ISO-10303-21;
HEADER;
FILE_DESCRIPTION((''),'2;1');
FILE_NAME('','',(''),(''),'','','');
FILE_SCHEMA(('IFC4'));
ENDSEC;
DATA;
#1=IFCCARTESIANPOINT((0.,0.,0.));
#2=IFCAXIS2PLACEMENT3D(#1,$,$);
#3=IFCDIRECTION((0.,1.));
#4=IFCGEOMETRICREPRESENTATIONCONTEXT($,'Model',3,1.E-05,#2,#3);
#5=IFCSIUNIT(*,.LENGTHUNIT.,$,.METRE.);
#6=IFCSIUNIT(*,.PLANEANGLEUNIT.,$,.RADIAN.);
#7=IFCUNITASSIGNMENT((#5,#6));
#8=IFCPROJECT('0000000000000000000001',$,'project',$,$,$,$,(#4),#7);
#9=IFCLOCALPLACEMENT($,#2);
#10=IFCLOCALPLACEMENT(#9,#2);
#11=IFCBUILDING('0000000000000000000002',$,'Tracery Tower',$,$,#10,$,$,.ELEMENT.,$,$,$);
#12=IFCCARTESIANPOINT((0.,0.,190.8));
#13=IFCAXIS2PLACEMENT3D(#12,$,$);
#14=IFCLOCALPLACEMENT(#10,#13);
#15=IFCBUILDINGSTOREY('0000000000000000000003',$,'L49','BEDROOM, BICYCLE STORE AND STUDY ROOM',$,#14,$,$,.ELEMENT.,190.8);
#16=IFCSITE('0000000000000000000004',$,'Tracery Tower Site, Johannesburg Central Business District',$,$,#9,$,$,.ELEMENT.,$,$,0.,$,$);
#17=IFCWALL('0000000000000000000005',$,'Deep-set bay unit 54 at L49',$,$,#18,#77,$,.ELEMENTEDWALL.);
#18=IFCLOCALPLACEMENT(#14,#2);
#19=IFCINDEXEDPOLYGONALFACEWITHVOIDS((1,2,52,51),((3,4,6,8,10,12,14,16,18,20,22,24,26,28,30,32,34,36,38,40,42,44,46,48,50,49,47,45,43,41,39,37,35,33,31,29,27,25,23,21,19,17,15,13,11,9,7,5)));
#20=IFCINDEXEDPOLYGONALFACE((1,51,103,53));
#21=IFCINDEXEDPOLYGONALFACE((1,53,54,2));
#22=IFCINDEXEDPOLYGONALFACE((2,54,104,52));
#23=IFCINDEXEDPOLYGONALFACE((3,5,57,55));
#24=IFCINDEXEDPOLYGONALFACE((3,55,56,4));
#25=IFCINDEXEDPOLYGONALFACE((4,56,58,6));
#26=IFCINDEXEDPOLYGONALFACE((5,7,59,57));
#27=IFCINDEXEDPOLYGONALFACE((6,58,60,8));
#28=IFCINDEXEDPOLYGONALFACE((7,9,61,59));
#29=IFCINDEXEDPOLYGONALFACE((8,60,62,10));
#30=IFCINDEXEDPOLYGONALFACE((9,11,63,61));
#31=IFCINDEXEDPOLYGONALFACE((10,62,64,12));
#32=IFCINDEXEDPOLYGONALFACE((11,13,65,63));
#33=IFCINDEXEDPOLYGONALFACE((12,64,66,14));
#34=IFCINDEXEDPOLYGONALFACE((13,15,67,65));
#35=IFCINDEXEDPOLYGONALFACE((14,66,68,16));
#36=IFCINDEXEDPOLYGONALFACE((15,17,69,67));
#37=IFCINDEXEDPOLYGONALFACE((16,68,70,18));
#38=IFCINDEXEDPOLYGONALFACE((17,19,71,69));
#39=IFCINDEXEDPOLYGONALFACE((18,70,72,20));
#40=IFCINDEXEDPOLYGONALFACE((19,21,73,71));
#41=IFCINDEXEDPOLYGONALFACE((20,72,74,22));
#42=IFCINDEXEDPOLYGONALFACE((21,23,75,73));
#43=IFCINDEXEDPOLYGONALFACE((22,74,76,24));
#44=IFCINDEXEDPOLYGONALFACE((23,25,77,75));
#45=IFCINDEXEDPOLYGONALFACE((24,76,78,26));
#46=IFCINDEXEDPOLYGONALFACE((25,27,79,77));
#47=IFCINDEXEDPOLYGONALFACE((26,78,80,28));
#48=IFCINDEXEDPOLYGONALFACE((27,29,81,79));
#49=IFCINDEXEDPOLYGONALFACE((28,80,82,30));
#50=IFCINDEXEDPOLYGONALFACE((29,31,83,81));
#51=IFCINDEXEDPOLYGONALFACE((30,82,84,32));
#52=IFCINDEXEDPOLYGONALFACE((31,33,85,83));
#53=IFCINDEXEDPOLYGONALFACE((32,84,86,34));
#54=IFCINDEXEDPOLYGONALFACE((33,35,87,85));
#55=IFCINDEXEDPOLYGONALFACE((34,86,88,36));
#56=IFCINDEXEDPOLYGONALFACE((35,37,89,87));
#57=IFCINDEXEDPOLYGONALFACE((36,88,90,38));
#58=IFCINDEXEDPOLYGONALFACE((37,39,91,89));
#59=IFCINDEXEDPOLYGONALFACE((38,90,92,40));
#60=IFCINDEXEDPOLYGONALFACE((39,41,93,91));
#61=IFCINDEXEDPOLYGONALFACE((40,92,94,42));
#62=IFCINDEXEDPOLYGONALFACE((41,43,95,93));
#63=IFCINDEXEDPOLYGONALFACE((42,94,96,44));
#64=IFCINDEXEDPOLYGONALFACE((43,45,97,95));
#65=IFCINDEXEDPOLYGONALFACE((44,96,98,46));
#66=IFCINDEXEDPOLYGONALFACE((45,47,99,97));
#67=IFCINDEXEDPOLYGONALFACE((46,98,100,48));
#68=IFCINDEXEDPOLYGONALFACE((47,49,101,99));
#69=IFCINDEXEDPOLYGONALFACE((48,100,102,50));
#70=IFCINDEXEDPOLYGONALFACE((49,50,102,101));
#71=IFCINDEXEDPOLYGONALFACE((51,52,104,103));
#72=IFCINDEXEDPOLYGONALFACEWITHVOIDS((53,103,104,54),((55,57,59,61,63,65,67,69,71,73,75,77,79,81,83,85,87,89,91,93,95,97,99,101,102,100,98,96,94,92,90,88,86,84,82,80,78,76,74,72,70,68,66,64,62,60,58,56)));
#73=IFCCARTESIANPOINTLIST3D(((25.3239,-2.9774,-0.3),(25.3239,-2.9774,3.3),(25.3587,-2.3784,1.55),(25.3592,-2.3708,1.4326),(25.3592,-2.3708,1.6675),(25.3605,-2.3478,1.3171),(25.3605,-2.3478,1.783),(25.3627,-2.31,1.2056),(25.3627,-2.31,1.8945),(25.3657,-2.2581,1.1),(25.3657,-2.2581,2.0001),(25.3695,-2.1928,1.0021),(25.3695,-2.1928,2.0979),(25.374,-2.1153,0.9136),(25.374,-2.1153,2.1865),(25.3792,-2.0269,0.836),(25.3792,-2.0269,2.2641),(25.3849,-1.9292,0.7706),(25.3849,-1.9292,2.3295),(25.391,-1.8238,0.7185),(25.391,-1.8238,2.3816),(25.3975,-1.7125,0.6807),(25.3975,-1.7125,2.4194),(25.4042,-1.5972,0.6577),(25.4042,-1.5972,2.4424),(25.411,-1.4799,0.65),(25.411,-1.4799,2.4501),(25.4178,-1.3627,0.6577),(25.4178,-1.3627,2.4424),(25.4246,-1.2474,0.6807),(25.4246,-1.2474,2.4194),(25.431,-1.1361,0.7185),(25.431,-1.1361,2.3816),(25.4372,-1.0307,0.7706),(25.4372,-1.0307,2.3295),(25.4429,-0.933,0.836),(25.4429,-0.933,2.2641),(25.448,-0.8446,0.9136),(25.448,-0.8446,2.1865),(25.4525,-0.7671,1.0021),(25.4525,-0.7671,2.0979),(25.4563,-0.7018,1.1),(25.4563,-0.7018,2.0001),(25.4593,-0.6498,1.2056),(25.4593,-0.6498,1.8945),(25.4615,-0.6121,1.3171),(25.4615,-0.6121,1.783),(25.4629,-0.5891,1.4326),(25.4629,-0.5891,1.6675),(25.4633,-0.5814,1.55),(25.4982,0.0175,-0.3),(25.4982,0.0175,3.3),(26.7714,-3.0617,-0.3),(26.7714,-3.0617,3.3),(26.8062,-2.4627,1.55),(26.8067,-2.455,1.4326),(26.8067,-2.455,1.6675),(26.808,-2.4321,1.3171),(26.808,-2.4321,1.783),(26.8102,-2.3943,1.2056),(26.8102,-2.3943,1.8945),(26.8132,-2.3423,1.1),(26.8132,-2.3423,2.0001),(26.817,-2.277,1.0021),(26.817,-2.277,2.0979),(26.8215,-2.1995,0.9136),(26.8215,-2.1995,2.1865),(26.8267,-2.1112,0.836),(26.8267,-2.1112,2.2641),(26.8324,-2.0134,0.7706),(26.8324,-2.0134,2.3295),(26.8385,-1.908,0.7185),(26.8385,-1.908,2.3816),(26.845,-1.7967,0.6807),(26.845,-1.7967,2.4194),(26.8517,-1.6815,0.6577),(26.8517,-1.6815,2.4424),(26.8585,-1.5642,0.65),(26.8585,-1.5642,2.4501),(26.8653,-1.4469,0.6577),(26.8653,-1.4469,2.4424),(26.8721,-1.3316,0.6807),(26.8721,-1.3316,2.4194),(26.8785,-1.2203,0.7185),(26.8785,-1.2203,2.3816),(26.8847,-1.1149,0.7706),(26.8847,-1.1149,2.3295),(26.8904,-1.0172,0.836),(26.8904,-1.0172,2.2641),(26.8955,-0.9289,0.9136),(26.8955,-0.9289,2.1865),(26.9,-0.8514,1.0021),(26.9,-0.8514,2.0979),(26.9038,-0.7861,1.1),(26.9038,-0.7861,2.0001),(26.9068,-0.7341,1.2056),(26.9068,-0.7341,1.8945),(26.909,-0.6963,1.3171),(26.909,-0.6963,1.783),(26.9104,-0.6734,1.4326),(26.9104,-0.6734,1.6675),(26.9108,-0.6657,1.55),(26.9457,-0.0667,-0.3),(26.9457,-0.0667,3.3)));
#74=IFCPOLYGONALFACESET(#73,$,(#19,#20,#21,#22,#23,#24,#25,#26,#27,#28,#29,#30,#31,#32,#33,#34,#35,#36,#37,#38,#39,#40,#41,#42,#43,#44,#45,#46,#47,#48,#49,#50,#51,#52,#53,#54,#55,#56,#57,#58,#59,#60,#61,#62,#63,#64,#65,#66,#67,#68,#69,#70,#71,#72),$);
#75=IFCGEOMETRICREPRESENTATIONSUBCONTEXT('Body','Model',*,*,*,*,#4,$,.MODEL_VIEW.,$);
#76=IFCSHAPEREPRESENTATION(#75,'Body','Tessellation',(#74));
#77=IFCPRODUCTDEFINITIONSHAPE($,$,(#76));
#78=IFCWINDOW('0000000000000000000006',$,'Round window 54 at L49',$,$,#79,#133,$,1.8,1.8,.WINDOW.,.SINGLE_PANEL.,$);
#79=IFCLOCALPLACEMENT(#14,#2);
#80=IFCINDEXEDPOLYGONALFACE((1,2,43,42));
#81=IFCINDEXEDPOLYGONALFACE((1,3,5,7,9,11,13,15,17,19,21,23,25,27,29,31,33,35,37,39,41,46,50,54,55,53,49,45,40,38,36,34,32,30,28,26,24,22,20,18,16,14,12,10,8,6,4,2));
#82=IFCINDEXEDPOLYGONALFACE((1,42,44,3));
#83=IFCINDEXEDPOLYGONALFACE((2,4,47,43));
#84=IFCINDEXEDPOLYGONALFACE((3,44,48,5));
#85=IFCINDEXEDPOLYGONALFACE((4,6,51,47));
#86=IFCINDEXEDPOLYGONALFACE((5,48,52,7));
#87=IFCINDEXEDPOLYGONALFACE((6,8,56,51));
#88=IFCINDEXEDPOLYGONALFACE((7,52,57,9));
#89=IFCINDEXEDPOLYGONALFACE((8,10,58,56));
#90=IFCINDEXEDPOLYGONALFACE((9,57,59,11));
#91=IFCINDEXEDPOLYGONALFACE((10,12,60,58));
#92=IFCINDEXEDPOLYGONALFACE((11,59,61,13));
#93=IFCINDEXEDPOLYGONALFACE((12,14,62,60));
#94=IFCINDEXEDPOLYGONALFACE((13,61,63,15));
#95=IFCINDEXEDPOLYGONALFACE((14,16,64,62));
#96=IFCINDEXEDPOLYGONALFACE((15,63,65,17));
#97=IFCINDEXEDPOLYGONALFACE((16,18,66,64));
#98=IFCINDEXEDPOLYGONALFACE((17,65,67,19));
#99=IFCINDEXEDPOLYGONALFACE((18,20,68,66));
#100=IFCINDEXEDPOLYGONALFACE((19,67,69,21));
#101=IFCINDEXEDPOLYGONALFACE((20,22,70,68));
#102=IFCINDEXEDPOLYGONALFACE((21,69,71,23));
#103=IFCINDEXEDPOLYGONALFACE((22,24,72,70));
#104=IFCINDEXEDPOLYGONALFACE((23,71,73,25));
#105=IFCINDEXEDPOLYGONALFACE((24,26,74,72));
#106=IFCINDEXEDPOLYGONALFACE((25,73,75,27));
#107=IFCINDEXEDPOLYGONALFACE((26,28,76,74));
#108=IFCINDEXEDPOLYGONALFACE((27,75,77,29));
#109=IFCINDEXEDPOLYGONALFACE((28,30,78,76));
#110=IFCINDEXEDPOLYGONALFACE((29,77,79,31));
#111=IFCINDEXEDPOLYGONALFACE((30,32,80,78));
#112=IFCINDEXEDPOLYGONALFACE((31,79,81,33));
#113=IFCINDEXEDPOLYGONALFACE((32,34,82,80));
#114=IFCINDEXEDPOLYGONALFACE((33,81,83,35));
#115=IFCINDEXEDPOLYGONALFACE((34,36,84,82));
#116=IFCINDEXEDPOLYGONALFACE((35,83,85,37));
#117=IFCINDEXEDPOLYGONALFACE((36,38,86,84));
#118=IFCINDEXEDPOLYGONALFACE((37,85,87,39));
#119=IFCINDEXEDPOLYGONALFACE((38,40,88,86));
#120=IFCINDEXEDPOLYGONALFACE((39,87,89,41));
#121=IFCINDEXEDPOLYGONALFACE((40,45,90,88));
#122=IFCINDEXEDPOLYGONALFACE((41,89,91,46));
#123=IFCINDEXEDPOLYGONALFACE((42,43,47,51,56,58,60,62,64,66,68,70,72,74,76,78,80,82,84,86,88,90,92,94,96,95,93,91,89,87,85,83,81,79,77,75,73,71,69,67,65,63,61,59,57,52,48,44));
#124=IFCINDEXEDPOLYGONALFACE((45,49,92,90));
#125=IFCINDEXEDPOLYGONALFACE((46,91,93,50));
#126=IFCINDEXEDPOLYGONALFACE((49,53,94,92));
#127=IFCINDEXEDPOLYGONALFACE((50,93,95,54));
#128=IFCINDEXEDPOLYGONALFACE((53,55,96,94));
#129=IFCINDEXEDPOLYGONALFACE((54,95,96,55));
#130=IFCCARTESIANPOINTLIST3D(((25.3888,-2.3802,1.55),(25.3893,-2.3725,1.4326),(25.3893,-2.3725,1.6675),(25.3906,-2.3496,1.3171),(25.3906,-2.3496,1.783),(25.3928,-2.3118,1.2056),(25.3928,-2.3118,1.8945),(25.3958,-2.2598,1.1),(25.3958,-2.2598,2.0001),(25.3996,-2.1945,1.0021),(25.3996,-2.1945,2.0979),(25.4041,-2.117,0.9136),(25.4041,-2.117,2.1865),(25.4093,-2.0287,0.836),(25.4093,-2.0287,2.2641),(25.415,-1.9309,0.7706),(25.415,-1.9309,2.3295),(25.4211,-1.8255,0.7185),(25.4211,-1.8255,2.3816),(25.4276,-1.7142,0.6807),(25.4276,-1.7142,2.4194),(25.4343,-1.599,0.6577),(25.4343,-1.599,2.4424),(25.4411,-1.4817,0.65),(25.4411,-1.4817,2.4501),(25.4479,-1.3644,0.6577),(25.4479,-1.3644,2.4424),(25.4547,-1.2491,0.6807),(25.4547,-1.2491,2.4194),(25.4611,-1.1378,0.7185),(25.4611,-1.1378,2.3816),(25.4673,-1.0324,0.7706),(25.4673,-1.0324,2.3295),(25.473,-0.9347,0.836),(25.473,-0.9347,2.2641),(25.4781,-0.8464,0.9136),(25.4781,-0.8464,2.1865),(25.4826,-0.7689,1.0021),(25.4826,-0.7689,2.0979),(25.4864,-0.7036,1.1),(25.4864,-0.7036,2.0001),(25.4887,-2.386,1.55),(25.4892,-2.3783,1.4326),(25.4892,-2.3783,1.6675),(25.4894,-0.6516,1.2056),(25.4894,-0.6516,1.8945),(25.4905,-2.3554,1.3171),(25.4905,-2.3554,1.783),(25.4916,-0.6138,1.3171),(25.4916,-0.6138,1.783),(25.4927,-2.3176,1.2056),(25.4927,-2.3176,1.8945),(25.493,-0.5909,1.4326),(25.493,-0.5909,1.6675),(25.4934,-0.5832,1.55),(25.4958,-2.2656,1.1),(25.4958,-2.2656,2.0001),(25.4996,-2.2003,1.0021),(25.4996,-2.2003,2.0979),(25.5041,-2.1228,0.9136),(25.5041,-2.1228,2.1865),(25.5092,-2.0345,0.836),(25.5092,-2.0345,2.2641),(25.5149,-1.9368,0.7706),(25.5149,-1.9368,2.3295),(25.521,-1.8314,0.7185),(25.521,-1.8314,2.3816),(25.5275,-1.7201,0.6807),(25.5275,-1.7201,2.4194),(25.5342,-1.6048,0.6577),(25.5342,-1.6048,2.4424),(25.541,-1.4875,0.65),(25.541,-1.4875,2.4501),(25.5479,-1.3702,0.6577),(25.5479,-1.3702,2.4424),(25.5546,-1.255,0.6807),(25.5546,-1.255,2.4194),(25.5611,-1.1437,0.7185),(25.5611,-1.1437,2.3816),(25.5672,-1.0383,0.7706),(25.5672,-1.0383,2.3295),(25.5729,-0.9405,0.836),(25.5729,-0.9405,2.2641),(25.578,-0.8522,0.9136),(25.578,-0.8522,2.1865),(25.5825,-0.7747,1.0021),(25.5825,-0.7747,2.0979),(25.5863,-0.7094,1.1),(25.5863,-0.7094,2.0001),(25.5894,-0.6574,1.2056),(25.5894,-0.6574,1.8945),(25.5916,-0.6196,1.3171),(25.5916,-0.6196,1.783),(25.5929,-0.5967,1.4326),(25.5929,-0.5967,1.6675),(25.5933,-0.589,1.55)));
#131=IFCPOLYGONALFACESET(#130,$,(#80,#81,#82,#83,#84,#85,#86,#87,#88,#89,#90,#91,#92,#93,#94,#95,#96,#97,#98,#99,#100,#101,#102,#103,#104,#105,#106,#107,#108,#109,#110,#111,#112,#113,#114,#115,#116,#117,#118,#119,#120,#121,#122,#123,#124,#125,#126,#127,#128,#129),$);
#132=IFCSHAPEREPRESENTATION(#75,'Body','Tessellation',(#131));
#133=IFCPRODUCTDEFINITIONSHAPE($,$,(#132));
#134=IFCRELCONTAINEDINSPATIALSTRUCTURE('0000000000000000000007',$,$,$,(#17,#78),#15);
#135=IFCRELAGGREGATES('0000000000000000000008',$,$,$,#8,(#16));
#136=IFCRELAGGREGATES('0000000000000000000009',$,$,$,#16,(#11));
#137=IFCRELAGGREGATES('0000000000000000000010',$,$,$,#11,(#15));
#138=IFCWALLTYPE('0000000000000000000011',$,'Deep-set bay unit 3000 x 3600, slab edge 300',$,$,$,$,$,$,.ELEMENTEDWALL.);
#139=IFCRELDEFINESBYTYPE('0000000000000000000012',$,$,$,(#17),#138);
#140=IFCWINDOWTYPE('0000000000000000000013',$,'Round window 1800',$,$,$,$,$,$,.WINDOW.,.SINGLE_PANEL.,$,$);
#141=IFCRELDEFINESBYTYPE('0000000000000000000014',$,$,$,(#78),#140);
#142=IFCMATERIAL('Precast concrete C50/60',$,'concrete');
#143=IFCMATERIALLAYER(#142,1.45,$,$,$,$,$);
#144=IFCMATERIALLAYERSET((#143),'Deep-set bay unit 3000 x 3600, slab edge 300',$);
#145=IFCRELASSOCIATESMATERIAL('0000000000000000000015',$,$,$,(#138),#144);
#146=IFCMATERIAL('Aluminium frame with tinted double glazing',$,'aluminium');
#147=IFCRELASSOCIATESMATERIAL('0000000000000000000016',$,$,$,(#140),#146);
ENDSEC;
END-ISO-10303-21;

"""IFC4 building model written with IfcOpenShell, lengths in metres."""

from ifc_helpers import new_model, si_unit, direction, frame, frame_2d, origin, origin_2d, place, context, subcontext, project, spatial, rectangle, circle, extrude, material, layer, layer_set, type_object, element, fill, save


model = new_model("IFC4")

# Units and contexts
model_context = context("Model", 3, precision=1e-05, world=origin(), true_north=direction((0.0, 1.0)))
body_context = subcontext(model_context, "Body", "Model", "MODEL_VIEW")
ifc_project = project(units=[si_unit("LENGTHUNIT", "METRE"), si_unit("PLANEANGLEUNIT", "RADIAN")], contexts=[model_context])

# Site, building, storey
site_placement = place(None, origin())
site = spatial("IfcSite", under=ifc_project, at=site_placement, Name="Tracery Tower Site, Johannesburg Central Business District", CompositionType="ELEMENT", RefElevation=0.0)
building_placement = place(site_placement, origin())
building = spatial("IfcBuilding", under=site, at=building_placement, Name="Tracery Tower", CompositionType="ELEMENT")
storey_placement = place(building_placement, frame((0.0, 0.0, 190.8)))
storey = spatial("IfcBuildingStorey", under=building, at=storey_placement, Name="L49", Description="BEDROOM, BICYCLE STORE AND STUDY ROOM", CompositionType="ELEMENT", Elevation=190.8)

# Wall, opening, window
ifc_material_1 = material(Name="Precast concrete C50/60", Category="concrete")
ifc_layer_1 = layer(ifc_material_1, 1.45)
ifc_layer_set_1 = layer_set([ifc_layer_1], Name="Deep-set bay unit 3000 x 3600, slab edge 300")
wall_type_1 = type_object("IfcWallType", Name="Deep-set bay unit 3000 x 3600, slab edge 300", PredefinedType="ELEMENTEDWALL", material=ifc_layer_set_1)
ifc_material_2 = material(Name="Aluminium frame with tinted double glazing", Category="aluminium")
window_type = type_object("IfcWindowType", Name="Round window 1800", PartitioningType="SINGLE_PANEL", PredefinedType="WINDOW", material=ifc_material_2)
wall_1_placement = place(storey_placement, frame((26.0476, -3.0195, -0.3), z_axis=(0.0, 0.0, 1.0), x_axis=(0.058107, 0.99831, 0.0)))
wall_1 = element("IfcWall", 1, at=wall_1_placement, inside=storey, type_object=wall_type_1, Name="Deep-set bay unit 54 at L49", PredefinedType="ELEMENTEDWALL", context=body_context, shape_type="SweptSolid", body=[
    extrude(rectangle(XDim=3.0, YDim=1.45, at=frame_2d((1.5, 0.0))), origin(), (0.0, 0.0, 1.0), 3.6001),
])
opening_1_placement = place(wall_1_placement, frame((1.5, 0.0, 1.8501)))
opening_1 = element("IfcOpeningElement", 2, at=opening_1_placement, cuts=wall_1, PredefinedType="OPENING", context=body_context, shape_type="SweptSolid", body=[
    extrude(circle(Radius=0.9, at=origin_2d()), frame((0.0, 0.7349, 0.0), z_axis=(0.0, -1.0, 0.0), x_axis=(1.0, 0.0, 0.0)), (0.0, 0.0, 1.0), 1.47),
])
window_1_placement = place(opening_1_placement, origin())
window_1 = element("IfcWindow", 3, at=window_1_placement, inside=storey, type_object=window_type, Name="Round window 54 at L49", OverallHeight=1.8, OverallWidth=1.8, PartitioningType="SINGLE_PANEL", PredefinedType="WINDOW", context=body_context, shape_type="SweptSolid", body=[
    extrude(circle(Radius=0.9, at=origin_2d()), frame((0.0, 0.6948, 0.0), z_axis=(0.0, -1.0, 0.0), x_axis=(1.0, 0.0, 0.0)), (0.0, 0.0, 1.0), 0.1001),
])
fill(opening_1, window_1)

save(model, "model.ifc")
